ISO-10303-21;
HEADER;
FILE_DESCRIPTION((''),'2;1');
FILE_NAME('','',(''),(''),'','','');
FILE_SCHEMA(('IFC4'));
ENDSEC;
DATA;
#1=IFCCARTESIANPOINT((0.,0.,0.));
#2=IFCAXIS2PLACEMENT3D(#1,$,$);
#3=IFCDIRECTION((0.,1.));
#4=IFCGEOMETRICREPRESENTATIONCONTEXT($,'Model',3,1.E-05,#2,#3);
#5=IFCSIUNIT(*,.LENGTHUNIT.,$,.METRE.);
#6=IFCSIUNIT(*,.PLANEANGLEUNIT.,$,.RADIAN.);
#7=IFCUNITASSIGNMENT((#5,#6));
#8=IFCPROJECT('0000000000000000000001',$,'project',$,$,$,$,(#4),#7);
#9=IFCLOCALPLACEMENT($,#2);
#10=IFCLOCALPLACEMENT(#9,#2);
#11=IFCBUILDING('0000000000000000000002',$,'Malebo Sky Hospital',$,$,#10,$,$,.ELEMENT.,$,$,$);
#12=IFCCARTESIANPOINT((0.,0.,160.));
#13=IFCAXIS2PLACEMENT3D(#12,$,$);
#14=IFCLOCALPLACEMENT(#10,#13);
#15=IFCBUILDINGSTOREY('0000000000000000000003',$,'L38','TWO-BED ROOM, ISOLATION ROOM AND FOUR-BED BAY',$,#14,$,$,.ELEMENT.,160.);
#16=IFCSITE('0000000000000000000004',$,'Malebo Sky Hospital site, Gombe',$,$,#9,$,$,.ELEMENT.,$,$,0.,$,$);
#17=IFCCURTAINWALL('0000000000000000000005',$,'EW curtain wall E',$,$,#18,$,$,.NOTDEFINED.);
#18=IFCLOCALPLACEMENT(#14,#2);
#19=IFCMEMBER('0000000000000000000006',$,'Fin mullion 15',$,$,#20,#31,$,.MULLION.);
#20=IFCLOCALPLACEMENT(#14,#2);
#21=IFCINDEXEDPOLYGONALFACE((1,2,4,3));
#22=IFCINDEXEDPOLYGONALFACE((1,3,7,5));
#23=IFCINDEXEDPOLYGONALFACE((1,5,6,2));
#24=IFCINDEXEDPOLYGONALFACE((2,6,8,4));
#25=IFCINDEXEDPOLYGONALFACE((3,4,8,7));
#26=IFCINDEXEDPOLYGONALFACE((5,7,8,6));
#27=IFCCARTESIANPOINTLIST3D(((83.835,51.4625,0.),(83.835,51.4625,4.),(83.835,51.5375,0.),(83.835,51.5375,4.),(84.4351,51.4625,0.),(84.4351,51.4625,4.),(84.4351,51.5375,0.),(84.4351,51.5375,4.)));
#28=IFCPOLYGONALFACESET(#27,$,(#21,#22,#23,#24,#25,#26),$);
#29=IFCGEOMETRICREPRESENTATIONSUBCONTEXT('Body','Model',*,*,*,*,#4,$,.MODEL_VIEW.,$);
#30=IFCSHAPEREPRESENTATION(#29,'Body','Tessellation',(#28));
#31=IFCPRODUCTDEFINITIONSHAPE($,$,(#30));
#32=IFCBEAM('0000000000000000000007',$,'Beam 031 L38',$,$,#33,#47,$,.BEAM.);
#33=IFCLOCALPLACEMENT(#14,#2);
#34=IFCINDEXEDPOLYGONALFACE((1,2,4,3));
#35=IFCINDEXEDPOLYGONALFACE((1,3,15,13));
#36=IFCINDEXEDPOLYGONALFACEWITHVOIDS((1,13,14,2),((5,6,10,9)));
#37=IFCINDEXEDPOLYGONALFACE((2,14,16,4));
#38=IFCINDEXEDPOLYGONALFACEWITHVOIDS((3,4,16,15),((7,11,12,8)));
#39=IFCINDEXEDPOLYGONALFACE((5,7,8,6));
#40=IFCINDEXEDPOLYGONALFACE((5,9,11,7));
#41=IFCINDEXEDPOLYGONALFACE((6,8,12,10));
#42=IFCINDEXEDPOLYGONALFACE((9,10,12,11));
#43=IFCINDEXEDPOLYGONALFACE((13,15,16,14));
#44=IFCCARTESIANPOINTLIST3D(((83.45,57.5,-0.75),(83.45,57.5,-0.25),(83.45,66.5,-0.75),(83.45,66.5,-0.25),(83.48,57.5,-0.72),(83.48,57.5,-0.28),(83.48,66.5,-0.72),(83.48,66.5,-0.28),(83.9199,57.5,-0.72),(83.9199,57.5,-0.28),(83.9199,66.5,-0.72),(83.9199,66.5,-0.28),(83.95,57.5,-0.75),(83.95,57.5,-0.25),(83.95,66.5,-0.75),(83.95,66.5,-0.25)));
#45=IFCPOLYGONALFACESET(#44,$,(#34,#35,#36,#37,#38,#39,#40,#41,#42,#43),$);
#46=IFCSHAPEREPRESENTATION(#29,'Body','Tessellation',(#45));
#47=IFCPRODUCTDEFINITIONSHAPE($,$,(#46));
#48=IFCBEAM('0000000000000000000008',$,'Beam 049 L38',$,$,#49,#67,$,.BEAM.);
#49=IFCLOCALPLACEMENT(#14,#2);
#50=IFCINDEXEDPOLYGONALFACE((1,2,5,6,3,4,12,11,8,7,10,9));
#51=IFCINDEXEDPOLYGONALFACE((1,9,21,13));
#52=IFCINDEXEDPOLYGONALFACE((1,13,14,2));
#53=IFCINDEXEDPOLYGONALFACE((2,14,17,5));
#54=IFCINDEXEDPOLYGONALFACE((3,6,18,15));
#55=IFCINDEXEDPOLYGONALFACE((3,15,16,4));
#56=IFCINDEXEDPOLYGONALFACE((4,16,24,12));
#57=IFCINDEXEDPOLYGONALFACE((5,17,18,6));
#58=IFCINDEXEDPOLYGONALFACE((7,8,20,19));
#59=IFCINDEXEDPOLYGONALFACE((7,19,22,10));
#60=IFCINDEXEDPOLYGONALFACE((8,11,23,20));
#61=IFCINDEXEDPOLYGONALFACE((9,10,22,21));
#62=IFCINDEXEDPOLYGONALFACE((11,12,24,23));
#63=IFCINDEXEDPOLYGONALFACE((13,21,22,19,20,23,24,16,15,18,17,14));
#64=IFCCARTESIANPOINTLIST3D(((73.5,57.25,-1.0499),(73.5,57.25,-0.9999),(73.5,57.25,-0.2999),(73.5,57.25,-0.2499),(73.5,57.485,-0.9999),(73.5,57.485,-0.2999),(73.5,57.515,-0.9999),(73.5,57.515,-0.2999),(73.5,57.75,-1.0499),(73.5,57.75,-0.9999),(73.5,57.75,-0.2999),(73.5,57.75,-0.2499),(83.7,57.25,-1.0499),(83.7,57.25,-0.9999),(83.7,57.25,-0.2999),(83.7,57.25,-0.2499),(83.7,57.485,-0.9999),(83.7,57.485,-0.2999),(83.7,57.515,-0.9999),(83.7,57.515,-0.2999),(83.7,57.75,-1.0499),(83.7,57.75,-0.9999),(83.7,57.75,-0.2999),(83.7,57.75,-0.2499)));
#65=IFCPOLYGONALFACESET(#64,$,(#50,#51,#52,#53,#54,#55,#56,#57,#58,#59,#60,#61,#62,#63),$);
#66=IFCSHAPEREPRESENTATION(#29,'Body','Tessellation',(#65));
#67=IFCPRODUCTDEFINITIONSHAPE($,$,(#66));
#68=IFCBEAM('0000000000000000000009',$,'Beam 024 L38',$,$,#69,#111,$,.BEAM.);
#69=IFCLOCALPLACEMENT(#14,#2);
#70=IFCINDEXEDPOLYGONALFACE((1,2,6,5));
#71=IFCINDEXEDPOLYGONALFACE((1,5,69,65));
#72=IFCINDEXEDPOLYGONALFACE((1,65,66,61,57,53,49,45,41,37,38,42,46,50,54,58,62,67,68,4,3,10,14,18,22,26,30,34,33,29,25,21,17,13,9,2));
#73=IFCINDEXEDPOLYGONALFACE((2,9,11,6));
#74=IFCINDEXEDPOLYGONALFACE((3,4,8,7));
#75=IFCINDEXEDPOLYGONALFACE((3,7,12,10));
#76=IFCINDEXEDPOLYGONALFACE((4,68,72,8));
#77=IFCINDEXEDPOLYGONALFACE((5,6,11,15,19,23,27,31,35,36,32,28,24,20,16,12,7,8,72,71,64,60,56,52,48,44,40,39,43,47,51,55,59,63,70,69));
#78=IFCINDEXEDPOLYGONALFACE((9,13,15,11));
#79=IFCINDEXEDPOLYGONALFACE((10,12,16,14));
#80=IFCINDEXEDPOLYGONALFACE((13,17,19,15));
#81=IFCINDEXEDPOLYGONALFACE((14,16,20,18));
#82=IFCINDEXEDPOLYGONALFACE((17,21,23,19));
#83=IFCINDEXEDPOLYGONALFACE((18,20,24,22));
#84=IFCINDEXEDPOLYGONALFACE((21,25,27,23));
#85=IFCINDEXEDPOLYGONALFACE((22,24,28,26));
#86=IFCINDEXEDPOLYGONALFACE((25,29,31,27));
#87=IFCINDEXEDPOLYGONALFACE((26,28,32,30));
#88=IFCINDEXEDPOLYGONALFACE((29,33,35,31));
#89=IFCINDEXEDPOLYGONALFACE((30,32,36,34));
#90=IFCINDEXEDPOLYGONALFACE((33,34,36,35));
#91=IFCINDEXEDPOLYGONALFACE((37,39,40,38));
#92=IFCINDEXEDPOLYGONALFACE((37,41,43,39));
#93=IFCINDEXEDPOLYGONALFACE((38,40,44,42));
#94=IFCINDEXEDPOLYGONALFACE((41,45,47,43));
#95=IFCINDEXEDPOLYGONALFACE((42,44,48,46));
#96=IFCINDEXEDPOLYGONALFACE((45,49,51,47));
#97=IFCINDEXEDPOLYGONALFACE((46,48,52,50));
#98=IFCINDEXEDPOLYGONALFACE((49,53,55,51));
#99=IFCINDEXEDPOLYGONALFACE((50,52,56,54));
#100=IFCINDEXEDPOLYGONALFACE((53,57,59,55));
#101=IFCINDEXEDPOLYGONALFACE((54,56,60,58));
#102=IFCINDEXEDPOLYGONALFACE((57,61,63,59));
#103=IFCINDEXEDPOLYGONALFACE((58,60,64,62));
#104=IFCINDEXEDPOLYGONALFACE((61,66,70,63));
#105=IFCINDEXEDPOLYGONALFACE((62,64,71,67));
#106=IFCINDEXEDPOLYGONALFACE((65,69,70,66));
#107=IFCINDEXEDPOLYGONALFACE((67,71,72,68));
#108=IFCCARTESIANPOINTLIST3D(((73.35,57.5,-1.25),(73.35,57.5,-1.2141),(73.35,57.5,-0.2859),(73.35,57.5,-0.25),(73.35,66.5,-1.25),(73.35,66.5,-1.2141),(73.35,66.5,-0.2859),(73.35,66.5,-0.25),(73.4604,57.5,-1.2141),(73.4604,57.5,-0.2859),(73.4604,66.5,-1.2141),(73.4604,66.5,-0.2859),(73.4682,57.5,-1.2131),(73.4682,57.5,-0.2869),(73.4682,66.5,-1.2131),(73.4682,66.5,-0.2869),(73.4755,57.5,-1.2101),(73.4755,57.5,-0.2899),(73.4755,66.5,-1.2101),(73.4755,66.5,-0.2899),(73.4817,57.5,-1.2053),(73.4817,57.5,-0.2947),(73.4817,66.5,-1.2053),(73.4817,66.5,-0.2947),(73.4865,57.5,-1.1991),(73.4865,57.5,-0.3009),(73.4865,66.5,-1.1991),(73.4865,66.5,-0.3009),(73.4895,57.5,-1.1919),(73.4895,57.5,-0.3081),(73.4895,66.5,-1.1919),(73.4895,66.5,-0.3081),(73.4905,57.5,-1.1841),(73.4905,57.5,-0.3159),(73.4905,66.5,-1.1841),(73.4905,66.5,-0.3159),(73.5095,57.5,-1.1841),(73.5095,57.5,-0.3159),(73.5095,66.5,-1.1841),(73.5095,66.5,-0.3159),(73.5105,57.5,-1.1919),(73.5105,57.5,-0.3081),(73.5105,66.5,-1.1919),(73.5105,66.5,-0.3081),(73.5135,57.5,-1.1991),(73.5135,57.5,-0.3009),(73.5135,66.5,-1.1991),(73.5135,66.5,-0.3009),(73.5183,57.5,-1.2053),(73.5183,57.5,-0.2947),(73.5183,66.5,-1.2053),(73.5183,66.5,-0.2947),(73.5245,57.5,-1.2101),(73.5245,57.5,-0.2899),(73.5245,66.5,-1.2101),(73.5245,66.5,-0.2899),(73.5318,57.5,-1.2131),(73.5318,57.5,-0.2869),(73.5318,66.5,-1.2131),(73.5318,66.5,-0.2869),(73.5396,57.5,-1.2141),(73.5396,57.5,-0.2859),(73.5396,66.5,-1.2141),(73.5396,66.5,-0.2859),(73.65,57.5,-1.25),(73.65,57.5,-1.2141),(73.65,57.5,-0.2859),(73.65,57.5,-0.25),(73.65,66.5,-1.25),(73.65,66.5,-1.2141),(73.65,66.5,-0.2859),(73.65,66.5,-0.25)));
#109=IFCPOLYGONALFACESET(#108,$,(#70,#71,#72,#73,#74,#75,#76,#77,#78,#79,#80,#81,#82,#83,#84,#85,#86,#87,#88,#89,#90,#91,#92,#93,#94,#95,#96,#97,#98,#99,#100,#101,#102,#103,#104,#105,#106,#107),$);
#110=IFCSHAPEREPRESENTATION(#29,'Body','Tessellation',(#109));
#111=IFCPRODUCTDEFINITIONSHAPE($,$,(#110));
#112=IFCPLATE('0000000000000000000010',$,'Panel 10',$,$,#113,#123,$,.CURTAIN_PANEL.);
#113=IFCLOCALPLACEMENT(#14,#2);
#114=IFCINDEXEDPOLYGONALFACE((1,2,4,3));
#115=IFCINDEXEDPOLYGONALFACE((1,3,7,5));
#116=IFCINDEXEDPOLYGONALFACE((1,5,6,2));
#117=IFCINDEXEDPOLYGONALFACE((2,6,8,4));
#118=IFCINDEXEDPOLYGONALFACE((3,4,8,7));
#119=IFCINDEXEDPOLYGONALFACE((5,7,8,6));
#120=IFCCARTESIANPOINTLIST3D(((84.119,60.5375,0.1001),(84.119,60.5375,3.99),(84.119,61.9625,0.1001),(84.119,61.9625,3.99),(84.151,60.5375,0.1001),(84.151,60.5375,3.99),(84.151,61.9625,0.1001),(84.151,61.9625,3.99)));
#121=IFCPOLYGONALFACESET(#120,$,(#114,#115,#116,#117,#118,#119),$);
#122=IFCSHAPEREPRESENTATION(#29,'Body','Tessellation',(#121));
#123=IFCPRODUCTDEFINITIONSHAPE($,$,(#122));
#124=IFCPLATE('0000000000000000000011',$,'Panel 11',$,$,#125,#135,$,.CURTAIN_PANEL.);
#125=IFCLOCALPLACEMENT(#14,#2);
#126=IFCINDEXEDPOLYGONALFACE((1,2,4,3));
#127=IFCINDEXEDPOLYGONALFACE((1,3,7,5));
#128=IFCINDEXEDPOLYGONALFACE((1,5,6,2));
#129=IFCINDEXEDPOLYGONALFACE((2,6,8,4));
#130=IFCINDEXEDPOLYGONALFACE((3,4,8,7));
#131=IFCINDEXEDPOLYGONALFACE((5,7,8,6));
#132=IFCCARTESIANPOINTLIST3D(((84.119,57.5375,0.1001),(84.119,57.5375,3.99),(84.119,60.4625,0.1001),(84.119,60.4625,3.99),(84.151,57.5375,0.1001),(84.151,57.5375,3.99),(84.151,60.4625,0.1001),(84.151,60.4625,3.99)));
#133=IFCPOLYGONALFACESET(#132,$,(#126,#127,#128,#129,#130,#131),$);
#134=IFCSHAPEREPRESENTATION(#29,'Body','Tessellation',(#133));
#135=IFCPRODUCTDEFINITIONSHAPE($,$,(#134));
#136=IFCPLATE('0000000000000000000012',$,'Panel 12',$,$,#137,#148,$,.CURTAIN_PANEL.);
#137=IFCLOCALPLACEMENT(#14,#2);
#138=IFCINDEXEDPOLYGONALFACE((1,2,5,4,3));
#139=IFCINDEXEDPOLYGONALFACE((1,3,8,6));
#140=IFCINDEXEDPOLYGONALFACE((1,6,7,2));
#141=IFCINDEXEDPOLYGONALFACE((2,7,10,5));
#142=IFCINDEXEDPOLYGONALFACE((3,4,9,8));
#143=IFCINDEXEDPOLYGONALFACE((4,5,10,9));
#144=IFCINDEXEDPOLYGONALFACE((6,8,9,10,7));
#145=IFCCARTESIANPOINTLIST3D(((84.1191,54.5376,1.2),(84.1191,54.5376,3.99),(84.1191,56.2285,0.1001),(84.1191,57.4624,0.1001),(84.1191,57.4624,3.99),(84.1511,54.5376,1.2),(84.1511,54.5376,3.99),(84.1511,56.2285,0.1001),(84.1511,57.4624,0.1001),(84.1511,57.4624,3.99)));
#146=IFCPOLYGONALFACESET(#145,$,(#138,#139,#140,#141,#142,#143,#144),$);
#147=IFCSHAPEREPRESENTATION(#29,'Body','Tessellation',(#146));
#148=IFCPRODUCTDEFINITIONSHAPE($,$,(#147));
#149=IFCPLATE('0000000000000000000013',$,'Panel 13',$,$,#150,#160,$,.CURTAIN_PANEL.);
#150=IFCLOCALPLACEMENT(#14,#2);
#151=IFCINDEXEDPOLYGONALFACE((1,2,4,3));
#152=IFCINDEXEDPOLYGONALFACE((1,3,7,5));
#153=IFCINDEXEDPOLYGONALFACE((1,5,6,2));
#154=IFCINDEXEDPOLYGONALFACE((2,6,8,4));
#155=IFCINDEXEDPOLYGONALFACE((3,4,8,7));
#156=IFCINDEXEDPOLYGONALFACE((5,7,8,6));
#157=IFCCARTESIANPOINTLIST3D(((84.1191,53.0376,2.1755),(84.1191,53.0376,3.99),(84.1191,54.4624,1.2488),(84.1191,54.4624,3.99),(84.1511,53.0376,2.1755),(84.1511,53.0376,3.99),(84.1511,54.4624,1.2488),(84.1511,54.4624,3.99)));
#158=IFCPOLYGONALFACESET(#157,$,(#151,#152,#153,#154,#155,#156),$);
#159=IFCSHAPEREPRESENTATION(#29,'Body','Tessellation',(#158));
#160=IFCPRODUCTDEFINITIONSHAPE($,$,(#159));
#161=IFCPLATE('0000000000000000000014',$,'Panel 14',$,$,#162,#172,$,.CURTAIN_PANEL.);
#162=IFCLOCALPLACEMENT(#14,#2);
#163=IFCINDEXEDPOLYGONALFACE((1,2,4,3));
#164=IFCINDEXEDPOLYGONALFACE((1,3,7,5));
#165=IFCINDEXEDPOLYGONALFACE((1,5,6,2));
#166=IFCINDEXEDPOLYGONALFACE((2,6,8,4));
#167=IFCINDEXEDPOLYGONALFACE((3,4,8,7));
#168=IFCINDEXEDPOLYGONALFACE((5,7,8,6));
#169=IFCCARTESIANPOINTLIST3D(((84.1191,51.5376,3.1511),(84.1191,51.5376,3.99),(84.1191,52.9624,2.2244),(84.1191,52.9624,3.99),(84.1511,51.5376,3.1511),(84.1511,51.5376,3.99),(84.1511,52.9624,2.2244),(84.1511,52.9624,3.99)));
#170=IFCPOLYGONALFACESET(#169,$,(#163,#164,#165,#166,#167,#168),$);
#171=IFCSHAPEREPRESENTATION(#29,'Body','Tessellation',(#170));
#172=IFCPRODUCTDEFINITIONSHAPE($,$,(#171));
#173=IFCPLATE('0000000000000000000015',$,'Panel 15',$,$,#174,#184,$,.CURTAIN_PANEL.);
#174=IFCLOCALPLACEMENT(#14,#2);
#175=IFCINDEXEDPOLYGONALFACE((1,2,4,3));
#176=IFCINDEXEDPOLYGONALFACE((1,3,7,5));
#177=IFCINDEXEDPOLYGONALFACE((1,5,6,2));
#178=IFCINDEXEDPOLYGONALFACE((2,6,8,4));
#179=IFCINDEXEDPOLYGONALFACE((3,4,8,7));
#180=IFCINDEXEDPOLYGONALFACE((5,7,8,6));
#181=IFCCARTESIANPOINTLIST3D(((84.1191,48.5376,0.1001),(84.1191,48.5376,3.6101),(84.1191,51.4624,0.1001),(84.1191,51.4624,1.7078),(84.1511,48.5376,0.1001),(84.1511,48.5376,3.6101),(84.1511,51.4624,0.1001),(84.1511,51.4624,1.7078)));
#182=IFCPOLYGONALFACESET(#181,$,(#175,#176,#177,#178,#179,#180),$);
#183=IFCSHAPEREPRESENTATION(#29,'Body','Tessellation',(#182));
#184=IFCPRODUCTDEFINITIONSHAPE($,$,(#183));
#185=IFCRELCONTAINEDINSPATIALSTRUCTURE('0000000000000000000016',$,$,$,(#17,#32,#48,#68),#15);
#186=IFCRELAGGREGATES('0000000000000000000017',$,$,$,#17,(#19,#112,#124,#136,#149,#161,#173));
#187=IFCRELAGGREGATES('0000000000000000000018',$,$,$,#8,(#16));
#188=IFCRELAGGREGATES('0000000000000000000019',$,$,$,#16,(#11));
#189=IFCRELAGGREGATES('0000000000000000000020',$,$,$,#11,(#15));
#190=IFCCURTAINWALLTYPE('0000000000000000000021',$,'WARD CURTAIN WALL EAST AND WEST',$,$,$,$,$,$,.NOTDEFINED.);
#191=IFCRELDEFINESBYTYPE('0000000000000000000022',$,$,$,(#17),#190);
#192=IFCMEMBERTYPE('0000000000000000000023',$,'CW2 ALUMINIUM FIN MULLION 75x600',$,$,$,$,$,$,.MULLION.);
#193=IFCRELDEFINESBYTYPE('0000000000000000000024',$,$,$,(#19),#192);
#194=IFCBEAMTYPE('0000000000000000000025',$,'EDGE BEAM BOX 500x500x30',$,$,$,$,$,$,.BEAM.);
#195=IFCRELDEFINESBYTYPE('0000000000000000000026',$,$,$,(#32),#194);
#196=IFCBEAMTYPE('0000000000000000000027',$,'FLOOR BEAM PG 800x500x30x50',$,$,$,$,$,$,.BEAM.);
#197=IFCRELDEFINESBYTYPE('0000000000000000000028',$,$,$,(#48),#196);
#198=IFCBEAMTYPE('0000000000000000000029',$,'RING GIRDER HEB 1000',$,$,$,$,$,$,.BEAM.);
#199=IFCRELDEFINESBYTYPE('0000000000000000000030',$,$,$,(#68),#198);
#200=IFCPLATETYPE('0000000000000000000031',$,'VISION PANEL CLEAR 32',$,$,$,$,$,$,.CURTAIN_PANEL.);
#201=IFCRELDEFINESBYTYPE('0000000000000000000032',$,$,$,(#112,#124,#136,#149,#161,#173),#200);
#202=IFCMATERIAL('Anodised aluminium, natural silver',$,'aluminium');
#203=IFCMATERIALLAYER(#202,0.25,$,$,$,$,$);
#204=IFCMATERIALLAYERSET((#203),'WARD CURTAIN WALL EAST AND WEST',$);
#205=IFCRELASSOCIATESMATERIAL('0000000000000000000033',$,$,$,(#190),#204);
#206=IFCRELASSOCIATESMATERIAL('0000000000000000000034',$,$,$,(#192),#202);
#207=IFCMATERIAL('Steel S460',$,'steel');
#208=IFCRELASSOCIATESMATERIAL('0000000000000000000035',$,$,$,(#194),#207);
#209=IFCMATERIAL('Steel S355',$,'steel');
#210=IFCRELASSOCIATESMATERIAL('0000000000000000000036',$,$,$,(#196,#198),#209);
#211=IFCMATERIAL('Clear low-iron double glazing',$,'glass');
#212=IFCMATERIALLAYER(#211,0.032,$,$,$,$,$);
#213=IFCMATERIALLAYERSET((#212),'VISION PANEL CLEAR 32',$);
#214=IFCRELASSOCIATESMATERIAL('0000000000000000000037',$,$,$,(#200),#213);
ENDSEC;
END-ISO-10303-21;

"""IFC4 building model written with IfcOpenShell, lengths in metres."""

from ifc_helpers import new_model, si_unit, direction, frame, origin, origin_2d, place, context, subcontext, project, spatial, polyline, rectangle, hollow_rectangle, i_section, outline, extrude, material, layer, layer_set, material_profile, profile_set, type_object, element, aggregate, save


model = new_model("IFC4")

# Units and contexts
model_context = context("Model", 3, precision=1e-05, world=origin(), true_north=direction((0.0, 1.0)))
body_context = subcontext(model_context, "Body", "Model", "MODEL_VIEW")
ifc_project = project(units=[si_unit("LENGTHUNIT", "METRE"), si_unit("PLANEANGLEUNIT", "RADIAN")], contexts=[model_context])

# Site, building, storey
site_placement = place(None, origin())
site = spatial("IfcSite", under=ifc_project, at=site_placement, Name="Malebo Sky Hospital site, Gombe", CompositionType="ELEMENT", RefElevation=0.0)
building_placement = place(site_placement, origin())
building = spatial("IfcBuilding", under=site, at=building_placement, Name="Malebo Sky Hospital", CompositionType="ELEMENT")
storey_placement = place(building_placement, frame((0.0, 0.0, 160.0)))
storey = spatial("IfcBuildingStorey", under=building, at=storey_placement, Name="L38", Description="TWO-BED ROOM, ISOLATION ROOM AND FOUR-BED BAY", CompositionType="ELEMENT", Elevation=160.0)

# Shared definitions
ifc_material_1 = material(Name="Steel S460", Category="steel")

# Curtain wall
ifc_material_2 = material(Name="Anodised aluminium, natural silver", Category="aluminium")
ifc_layer_1 = layer(ifc_material_2, 0.25)
ifc_layer_set_1 = layer_set([ifc_layer_1], Name="WARD CURTAIN WALL EAST AND WEST")
curtain_wall_type = type_object("IfcCurtainWallType", Name="WARD CURTAIN WALL EAST AND WEST", PredefinedType="NOTDEFINED", material=ifc_layer_set_1)
curtain_wall_placement = place(storey_placement, origin())
curtain_wall = element("IfcCurtainWall", 1, at=curtain_wall_placement, inside=storey, type_object=curtain_wall_type, Name="EW curtain wall E", PredefinedType="NOTDEFINED")

# Member
ifc_material_3 = material(Name="Steel S355", Category="steel")
ifc_material_profile_1 = material_profile(ifc_material_2, rectangle(XDim=0.075, YDim=0.6001, at=origin_2d()), Name="CW2 ALUMINIUM FIN MULLION 75x600")
ifc_profile_set_1 = profile_set([ifc_material_profile_1], Name="Anodised aluminium, natural silver")
member_type_1 = type_object("IfcMemberType", Name="CW2 ALUMINIUM FIN MULLION 75x600", PredefinedType="MULLION", material=ifc_profile_set_1)
member_1_placement = place(storey_placement, frame((84.135, 51.5, 0.0), z_axis=(0.0, 0.0, 1.0), x_axis=(0.0, -1.0, 0.0)))
member_1 = element("IfcMember", 2, at=member_1_placement, type_object=member_type_1, Name="Fin mullion 15", PredefinedType="MULLION", context=body_context, shape_type="SweptSolid", body=[
    extrude(rectangle(XDim=0.075, YDim=0.6001, at=origin_2d()), origin(), (0.0, 0.0, 1.0), 4.0),
])

# Beams
ifc_material_profile_2 = material_profile(ifc_material_1, hollow_rectangle(XDim=0.5, YDim=0.5, WallThickness=0.03, at=origin_2d()), Name="BOX 500x500x30")
ifc_profile_set_2 = profile_set([ifc_material_profile_2], Name="Steel S460")
beam_type_1 = type_object("IfcBeamType", Name="EDGE BEAM BOX 500x500x30", PredefinedType="BEAM", material=ifc_profile_set_2)
beam_1_placement = place(storey_placement, frame((83.7, 57.5, -0.5), z_axis=(0.0, 1.0, 0.0), x_axis=(-1.0, 0.0, 0.0)))
element("IfcBeam", 3, at=beam_1_placement, inside=storey, type_object=beam_type_1, Name="Beam 031 L38", PredefinedType="BEAM", context=body_context, shape_type="SweptSolid", body=[
    extrude(hollow_rectangle(XDim=0.5, YDim=0.5, WallThickness=0.03, at=origin_2d()), origin(), (0.0, 0.0, 1.0), 9.0),
])
ifc_material_profile_3 = material_profile(ifc_material_3, i_section(OverallWidth=0.5, OverallDepth=0.8, WebThickness=0.03, FlangeThickness=0.05, at=origin_2d()), Name="PG 800x500x30x50")
ifc_profile_set_3 = profile_set([ifc_material_profile_3], Name="Steel S355")
beam_type_2 = type_object("IfcBeamType", Name="FLOOR BEAM PG 800x500x30x50", PredefinedType="BEAM", material=ifc_profile_set_3)
beam_2_placement = place(storey_placement, frame((73.5, 57.5, -0.6499), z_axis=(1.0, 0.0, 0.0), x_axis=(0.0, 1.0, 0.0)))
element("IfcBeam", 4, at=beam_2_placement, inside=storey, type_object=beam_type_2, Name="Beam 049 L38", PredefinedType="BEAM", context=body_context, shape_type="SweptSolid", body=[
    extrude(i_section(OverallWidth=0.5, OverallDepth=0.8, WebThickness=0.03, FlangeThickness=0.05, at=origin_2d()), origin(), (0.0, 0.0, 1.0), 10.2),
])
ifc_material_profile_4 = material_profile(ifc_material_3, i_section(OverallWidth=0.3, OverallDepth=1.0, WebThickness=0.019, FlangeThickness=0.0359, FilletRadius=0.03, at=origin_2d()), Name="HEB 1000")
ifc_profile_set_4 = profile_set([ifc_material_profile_4], Name="Steel S355")
beam_type_3 = type_object("IfcBeamType", Name="RING GIRDER HEB 1000", PredefinedType="BEAM", material=ifc_profile_set_4)
beam_3_placement = place(storey_placement, frame((73.5, 57.5, -0.75), z_axis=(0.0, 1.0, 0.0), x_axis=(-1.0, 0.0, 0.0)))
element("IfcBeam", 5, at=beam_3_placement, inside=storey, type_object=beam_type_3, Name="Beam 024 L38", PredefinedType="BEAM", context=body_context, shape_type="SweptSolid", body=[
    extrude(i_section(OverallWidth=0.3, OverallDepth=1.0, WebThickness=0.019, FlangeThickness=0.0359, FilletRadius=0.03, at=origin_2d()), origin(), (0.0, 0.0, 1.0), 9.0),
])

# Plates
ifc_material_4 = material(Name="Clear low-iron double glazing", Category="glass")
ifc_layer_2 = layer(ifc_material_4, 0.032)
ifc_layer_set_2 = layer_set([ifc_layer_2], Name="VISION PANEL CLEAR 32")
plate_type = type_object("IfcPlateType", Name="VISION PANEL CLEAR 32", PredefinedType="CURTAIN_PANEL", material=ifc_layer_set_2)
plate_1_placement = place(storey_placement, frame((84.135, 61.25, 0.1001), z_axis=(0.0, 0.0, 1.0), x_axis=(0.0, -1.0, 0.0)))
plate_1 = element("IfcPlate", 6, at=plate_1_placement, type_object=plate_type, Name="Panel 10", PredefinedType="CURTAIN_PANEL", context=body_context, shape_type="SweptSolid", body=[
    extrude(rectangle(XDim=1.425, YDim=0.032, at=origin_2d()), origin(), (0.0, 0.0, 1.0), 3.8899),
])
plate_2_placement = place(storey_placement, frame((84.135, 59.0, 0.1001), z_axis=(0.0, 0.0, 1.0), x_axis=(0.0, -1.0, 0.0)))
plate_2 = element("IfcPlate", 7, at=plate_2_placement, type_object=plate_type, Name="Panel 11", PredefinedType="CURTAIN_PANEL", context=body_context, shape_type="SweptSolid", body=[
    extrude(rectangle(XDim=2.925, YDim=0.032, at=origin_2d()), origin(), (0.0, 0.0, 1.0), 3.8899),
])
plate_3_placement = place(storey_placement, frame((84.135, 56.0, 0.1001), z_axis=(0.0, 0.0, 1.0), x_axis=(0.0, -1.0, 0.0)))
plate_3 = element("IfcPlate", 8, at=plate_3_placement, type_object=plate_type, Name="Panel 12", PredefinedType="CURTAIN_PANEL", context=body_context, shape_type="SweptSolid", body=[
    extrude(outline(polyline([(-1.4624, 0.0), (-0.2285, 0.0), (1.4624, 1.0999), (1.4624, 3.8899), (-1.4624, 3.8899), (-1.4624, 0.0)])), frame((0.0, 0.0161, 0.0), z_axis=(0.0, -1.0, 0.0), x_axis=(1.0, 0.0, 0.0)), (0.0, 0.0, 1.0), 0.032),
])
plate_4_placement = place(storey_placement, frame((84.135, 53.75, 1.2488), z_axis=(0.0, 0.0, 1.0), x_axis=(0.0, -1.0, 0.0)))
plate_4 = element("IfcPlate", 9, at=plate_4_placement, type_object=plate_type, Name="Panel 13", PredefinedType="CURTAIN_PANEL", context=body_context, shape_type="SweptSolid", body=[
    extrude(outline(polyline([(-0.7124, 0.0), (0.7124, 0.9268), (0.7124, 2.7412), (-0.7124, 2.7412), (-0.7124, 0.0)])), frame((0.0, 0.0161, 0.0), z_axis=(0.0, -1.0, 0.0), x_axis=(1.0, 0.0, 0.0)), (0.0, 0.0, 1.0), 0.032),
])
plate_5_placement = place(storey_placement, frame((84.135, 52.25, 2.2244), z_axis=(0.0, 0.0, 1.0), x_axis=(0.0, -1.0, 0.0)))
plate_5 = element("IfcPlate", 10, at=plate_5_placement, type_object=plate_type, Name="Panel 14", PredefinedType="CURTAIN_PANEL", context=body_context, shape_type="SweptSolid", body=[
    extrude(outline(polyline([(-0.7124, 0.0), (0.7124, 0.9268), (0.7124, 1.7656), (-0.7124, 1.7656), (-0.7124, 0.0)])), frame((0.0, 0.0161, 0.0), z_axis=(0.0, -1.0, 0.0), x_axis=(1.0, 0.0, 0.0)), (0.0, 0.0, 1.0), 0.032),
])
plate_6_placement = place(storey_placement, frame((84.135, 50.0, 0.1001), z_axis=(0.0, 0.0, 1.0), x_axis=(0.0, -1.0, 0.0)))
plate_6 = element("IfcPlate", 11, at=plate_6_placement, type_object=plate_type, Name="Panel 15", PredefinedType="CURTAIN_PANEL", context=body_context, shape_type="SweptSolid", body=[
    extrude(outline(polyline([(-1.4624, 0.0), (1.4624, 0.0), (1.4624, 3.51), (-1.4624, 1.6077), (-1.4624, 0.0)])), frame((0.0, 0.0161, 0.0), z_axis=(0.0, -1.0, 0.0), x_axis=(1.0, 0.0, 0.0)), (0.0, 0.0, 1.0), 0.032),
])
aggregate(curtain_wall, [member_1, plate_1, plate_2, plate_3, plate_4, plate_5, plate_6])

save(model, "model.ifc")
